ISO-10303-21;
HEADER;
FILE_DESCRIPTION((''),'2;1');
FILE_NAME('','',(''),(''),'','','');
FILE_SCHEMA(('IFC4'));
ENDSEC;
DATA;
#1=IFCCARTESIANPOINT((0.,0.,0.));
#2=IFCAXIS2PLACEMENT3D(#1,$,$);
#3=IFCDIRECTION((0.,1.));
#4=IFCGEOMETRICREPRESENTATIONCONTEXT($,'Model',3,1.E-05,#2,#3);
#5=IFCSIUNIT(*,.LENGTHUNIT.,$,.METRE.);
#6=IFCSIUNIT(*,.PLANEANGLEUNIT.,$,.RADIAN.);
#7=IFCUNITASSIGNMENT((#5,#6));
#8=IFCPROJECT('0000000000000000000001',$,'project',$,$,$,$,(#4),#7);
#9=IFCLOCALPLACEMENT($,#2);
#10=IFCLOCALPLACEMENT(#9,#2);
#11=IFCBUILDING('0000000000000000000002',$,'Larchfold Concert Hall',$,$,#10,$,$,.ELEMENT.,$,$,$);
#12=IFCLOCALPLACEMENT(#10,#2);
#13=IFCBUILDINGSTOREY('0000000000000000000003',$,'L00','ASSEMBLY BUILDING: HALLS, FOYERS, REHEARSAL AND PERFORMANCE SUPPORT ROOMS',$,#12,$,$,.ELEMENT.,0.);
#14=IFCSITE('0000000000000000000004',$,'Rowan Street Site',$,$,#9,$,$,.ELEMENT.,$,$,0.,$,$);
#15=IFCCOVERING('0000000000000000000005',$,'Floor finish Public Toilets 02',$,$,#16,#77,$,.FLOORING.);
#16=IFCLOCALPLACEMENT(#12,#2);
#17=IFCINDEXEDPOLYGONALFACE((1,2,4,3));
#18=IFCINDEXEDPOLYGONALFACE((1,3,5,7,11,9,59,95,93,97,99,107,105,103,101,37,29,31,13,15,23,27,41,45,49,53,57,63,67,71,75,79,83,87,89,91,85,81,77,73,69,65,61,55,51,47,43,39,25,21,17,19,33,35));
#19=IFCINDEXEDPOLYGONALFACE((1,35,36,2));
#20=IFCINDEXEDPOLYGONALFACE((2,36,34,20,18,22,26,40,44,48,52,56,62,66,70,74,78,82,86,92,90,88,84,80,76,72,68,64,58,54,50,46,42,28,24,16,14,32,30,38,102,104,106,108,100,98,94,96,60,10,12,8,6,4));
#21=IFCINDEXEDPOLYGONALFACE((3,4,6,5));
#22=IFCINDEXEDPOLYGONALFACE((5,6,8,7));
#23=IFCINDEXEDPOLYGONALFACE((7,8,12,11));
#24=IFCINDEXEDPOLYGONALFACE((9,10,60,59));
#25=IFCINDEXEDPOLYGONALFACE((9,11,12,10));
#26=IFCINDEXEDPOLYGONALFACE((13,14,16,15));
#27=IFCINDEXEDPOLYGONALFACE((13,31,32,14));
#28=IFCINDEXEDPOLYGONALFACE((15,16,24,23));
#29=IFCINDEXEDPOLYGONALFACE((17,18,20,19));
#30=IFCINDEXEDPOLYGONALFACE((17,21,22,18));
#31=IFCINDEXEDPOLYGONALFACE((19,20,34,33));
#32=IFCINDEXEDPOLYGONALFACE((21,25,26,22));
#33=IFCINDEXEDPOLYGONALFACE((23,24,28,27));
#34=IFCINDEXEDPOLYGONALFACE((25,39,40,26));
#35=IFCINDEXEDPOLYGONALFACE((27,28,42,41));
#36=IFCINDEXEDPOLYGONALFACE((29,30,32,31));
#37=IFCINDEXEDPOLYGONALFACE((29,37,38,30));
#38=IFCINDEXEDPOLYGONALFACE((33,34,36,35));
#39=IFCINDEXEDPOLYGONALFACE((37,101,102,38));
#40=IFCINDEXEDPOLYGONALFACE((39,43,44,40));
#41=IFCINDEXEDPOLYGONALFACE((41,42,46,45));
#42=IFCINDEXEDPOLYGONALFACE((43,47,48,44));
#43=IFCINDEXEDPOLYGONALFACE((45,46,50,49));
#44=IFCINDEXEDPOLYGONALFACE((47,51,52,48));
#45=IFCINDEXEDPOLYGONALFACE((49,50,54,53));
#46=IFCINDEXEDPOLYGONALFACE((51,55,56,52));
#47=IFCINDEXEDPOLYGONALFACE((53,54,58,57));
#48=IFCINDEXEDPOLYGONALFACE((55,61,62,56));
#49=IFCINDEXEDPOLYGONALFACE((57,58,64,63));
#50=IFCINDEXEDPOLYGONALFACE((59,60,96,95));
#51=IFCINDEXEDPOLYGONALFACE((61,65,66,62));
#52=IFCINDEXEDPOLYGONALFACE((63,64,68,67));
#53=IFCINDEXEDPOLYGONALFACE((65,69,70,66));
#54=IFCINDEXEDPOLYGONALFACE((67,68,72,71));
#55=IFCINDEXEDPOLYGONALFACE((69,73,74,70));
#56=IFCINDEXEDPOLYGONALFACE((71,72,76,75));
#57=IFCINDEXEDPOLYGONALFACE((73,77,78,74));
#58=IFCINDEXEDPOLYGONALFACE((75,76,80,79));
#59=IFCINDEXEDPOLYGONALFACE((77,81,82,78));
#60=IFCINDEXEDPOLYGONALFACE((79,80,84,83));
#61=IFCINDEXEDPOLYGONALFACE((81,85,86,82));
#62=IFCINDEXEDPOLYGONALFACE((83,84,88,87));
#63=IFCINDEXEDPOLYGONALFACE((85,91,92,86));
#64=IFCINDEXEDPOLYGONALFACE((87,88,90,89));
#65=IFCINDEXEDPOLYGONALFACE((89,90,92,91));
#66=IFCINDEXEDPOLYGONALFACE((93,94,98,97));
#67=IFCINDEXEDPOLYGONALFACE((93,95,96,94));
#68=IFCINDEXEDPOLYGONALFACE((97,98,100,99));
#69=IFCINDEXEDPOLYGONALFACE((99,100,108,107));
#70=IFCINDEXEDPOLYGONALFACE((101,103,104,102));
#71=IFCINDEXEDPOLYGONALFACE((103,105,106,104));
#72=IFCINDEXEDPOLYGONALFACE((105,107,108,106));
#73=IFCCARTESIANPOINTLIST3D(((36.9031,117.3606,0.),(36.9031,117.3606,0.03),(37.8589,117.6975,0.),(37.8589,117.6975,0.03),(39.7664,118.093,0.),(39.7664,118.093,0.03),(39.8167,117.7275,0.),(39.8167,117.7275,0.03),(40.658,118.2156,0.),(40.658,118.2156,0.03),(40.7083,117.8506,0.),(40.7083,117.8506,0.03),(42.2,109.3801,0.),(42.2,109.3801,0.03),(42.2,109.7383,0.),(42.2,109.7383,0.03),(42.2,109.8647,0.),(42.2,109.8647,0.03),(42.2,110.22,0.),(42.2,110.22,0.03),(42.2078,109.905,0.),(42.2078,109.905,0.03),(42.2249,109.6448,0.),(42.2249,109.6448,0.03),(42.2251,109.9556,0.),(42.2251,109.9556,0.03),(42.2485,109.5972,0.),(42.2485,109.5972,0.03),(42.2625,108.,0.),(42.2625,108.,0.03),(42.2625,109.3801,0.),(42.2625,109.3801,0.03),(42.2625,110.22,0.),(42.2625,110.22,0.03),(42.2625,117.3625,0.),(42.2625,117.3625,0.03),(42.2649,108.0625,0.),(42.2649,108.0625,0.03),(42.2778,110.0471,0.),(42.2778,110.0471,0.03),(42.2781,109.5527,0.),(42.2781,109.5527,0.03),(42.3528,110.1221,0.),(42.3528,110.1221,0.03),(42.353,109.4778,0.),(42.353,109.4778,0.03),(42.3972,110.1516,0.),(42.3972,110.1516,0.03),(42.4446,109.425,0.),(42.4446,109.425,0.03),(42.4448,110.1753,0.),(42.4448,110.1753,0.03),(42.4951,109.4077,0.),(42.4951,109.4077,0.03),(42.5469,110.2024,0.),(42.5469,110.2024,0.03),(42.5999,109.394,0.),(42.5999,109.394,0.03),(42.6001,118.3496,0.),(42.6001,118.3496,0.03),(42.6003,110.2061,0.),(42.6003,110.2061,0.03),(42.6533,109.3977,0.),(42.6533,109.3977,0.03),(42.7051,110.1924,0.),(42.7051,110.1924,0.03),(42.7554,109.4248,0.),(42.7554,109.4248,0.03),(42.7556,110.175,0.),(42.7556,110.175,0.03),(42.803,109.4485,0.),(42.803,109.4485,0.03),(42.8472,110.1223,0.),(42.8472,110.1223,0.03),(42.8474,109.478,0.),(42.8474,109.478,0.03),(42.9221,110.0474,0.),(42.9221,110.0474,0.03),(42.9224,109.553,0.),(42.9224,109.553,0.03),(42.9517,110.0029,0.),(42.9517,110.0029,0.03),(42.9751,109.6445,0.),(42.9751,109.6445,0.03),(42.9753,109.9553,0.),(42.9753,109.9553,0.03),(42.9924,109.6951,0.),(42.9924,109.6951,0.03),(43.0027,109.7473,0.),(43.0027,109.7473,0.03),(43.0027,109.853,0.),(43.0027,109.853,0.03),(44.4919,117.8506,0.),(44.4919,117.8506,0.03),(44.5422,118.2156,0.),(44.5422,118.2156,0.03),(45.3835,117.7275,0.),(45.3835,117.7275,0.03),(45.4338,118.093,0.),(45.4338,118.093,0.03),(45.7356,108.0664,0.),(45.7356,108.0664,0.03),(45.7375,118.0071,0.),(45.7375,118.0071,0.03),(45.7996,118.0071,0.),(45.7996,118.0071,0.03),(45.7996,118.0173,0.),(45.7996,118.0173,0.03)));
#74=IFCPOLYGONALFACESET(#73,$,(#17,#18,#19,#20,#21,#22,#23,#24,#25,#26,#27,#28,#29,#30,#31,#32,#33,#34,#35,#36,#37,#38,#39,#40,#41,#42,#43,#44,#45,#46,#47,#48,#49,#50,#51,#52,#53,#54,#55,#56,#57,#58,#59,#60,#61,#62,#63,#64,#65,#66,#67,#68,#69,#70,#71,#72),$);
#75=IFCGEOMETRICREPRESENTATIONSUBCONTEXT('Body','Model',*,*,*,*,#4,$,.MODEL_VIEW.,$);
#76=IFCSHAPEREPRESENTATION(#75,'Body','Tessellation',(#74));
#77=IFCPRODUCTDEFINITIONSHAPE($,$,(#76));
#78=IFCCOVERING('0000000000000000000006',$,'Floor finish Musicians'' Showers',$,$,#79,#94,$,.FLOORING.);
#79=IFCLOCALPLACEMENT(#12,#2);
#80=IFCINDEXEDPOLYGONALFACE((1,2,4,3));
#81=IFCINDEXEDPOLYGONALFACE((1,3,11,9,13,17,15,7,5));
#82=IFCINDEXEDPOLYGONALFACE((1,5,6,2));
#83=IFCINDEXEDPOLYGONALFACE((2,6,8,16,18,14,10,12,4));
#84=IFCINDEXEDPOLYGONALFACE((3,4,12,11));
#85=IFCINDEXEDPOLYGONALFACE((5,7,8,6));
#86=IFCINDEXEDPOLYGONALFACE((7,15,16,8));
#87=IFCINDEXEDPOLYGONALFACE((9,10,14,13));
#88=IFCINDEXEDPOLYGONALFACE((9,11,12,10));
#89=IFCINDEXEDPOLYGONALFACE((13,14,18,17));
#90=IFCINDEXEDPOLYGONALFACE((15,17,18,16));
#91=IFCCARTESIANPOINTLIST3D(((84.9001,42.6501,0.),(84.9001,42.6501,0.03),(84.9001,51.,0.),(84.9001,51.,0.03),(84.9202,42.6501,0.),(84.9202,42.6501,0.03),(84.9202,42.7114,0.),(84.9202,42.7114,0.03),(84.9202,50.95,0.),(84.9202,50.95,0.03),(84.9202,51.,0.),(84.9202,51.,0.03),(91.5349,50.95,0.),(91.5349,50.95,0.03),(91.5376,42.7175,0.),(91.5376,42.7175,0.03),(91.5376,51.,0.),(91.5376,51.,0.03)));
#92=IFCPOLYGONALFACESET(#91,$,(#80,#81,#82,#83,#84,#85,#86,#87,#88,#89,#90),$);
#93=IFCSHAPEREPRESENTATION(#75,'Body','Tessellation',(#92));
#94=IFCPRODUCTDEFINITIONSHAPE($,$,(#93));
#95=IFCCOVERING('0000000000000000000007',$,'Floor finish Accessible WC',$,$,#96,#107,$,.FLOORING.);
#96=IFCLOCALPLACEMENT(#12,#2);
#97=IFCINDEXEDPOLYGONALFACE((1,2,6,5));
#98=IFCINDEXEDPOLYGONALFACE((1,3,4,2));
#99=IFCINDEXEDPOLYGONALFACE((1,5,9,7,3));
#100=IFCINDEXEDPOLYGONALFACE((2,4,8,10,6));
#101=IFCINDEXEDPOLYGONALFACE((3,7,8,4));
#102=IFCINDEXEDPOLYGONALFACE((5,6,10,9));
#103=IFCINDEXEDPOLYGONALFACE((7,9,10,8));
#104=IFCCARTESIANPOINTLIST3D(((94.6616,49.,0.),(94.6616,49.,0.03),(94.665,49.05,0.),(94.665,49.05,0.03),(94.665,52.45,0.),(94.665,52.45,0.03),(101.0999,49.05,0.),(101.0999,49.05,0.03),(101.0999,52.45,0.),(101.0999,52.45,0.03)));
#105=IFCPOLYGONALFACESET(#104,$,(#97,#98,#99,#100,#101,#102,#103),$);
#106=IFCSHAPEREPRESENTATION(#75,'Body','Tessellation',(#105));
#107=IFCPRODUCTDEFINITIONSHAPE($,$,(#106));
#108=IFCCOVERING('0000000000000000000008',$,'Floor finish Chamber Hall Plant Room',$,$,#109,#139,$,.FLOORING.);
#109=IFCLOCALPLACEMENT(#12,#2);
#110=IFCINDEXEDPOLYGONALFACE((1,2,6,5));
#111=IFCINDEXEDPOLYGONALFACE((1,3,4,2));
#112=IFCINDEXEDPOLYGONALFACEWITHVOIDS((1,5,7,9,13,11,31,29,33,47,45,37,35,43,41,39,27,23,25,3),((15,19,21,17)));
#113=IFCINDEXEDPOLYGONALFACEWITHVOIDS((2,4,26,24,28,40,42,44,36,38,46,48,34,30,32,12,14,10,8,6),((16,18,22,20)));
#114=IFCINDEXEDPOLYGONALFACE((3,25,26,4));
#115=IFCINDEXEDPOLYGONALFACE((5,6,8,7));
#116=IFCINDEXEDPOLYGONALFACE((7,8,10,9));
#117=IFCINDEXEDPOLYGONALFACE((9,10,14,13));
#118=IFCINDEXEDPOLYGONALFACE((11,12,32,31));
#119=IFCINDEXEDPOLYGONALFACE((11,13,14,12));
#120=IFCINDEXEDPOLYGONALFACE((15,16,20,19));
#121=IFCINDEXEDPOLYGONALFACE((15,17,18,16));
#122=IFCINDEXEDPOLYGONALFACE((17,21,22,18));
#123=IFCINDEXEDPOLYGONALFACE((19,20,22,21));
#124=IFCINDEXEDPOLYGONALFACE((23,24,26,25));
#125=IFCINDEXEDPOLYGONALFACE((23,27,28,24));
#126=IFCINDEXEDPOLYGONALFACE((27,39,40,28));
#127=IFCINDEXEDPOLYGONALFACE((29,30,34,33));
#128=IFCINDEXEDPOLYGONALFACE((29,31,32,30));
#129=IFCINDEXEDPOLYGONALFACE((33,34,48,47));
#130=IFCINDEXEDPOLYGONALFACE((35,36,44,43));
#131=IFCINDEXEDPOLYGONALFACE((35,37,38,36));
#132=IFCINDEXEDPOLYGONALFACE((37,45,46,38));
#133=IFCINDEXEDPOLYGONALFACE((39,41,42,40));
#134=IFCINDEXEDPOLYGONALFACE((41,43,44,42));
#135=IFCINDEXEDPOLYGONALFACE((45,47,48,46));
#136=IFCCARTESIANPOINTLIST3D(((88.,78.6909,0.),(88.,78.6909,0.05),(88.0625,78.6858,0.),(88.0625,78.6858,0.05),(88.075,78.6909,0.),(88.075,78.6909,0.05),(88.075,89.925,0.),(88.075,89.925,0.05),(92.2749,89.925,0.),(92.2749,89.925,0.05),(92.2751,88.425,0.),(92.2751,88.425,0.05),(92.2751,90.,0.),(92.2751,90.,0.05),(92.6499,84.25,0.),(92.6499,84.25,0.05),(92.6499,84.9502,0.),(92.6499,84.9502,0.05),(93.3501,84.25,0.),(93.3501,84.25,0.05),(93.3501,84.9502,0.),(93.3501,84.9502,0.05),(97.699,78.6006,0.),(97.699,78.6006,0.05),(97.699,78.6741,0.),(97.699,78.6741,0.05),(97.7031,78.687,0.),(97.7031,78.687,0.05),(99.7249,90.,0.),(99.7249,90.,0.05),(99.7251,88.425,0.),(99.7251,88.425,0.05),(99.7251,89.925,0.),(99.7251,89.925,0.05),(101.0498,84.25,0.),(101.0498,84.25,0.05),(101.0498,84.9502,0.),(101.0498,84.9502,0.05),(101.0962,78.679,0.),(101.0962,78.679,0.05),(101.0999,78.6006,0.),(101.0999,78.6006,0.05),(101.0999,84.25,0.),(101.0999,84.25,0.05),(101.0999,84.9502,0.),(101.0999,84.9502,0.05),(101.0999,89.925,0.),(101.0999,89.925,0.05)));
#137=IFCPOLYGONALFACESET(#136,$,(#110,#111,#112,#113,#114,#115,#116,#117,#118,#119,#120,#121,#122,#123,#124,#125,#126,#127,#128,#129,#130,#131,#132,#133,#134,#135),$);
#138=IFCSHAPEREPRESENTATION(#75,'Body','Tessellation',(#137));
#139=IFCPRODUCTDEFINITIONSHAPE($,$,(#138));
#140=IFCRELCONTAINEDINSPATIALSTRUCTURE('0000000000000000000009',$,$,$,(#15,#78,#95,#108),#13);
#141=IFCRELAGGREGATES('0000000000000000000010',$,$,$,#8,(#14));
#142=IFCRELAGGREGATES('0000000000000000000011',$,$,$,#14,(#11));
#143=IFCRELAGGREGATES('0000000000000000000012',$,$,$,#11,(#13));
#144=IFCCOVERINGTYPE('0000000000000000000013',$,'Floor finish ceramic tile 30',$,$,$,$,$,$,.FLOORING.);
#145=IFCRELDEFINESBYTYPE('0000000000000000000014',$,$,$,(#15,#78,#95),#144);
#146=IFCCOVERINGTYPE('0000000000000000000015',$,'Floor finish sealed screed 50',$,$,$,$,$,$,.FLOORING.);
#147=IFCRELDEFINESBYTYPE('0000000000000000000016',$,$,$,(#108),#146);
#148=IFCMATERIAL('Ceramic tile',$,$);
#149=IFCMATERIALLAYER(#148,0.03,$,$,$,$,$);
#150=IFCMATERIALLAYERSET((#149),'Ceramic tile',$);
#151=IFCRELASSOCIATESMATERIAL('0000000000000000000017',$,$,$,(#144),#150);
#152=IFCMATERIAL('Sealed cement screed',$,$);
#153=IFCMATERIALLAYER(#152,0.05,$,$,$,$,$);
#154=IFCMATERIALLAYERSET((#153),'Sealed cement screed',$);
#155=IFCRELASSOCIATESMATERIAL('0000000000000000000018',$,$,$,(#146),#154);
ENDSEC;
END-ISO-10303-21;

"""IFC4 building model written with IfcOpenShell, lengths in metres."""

from ifc_helpers import new_model, si_unit, direction, origin, place, context, subcontext, project, spatial, polyline, outline, extrude, material, layer, layer_set, type_object, element, save


model = new_model("IFC4")

# Units and contexts
model_context = context("Model", 3, precision=1e-05, world=origin(), true_north=direction((0.0, 1.0)))
body_context = subcontext(model_context, "Body", "Model", "MODEL_VIEW")
ifc_project = project(units=[si_unit("LENGTHUNIT", "METRE"), si_unit("PLANEANGLEUNIT", "RADIAN")], contexts=[model_context])

# Site, building, storey
site_placement = place(None, origin())
site = spatial("IfcSite", under=ifc_project, at=site_placement, Name="Rowan Street Site", CompositionType="ELEMENT", RefElevation=0.0)
building_placement = place(site_placement, origin())
building = spatial("IfcBuilding", under=site, at=building_placement, Name="Larchfold Concert Hall", CompositionType="ELEMENT")
storey_placement = place(building_placement, origin())
storey = spatial("IfcBuildingStorey", under=building, at=storey_placement, Name="L00", Description="ASSEMBLY BUILDING: HALLS, FOYERS, REHEARSAL AND PERFORMANCE SUPPORT ROOMS", CompositionType="ELEMENT", Elevation=0.0)

# Coverings
ifc_material_1 = material(Name="Ceramic tile")
ifc_layer_1 = layer(ifc_material_1, 0.03)
ifc_layer_set_1 = layer_set([ifc_layer_1], Name="Ceramic tile")
covering_type_1 = type_object("IfcCoveringType", Name="Floor finish ceramic tile 30", PredefinedType="FLOORING", material=ifc_layer_set_1)
covering_1_placement = place(storey_placement, origin())
element("IfcCovering", 1, at=covering_1_placement, inside=storey, type_object=covering_type_1, Name="Floor finish Public Toilets 02", PredefinedType="FLOORING", context=body_context, shape_type="SweptSolid", body=[
    extrude(outline(polyline([(37.8589, 117.6975), (36.9031, 117.3606), (42.2625, 117.3625), (42.2625, 110.22), (42.2, 110.22), (42.2, 109.8647), (42.2078, 109.905), (42.2251, 109.9556), (42.2778, 110.0471), (42.3528, 110.1221), (42.3972, 110.1516), (42.4448, 110.1753), (42.5469, 110.2024), (42.6003, 110.2061), (42.7051, 110.1924), (42.7556, 110.175), (42.8472, 110.1223), (42.9221, 110.0474), (42.9517, 110.0029), (42.9753, 109.9553), (43.0027, 109.853), (43.0027, 109.7473), (42.9924, 109.6951), (42.9751, 109.6445), (42.9224, 109.553), (42.8474, 109.478), (42.803, 109.4485), (42.7554, 109.4248), (42.6533, 109.3977), (42.5999, 109.394), (42.4951, 109.4077), (42.4446, 109.425), (42.353, 109.4778), (42.2781, 109.5527), (42.2485, 109.5972), (42.2249, 109.6448), (42.2, 109.7383), (42.2, 109.3801), (42.2625, 109.3801), (42.2625, 108.0), (42.2649, 108.0625), (45.7356, 108.0664), (45.7375, 118.0071), (45.7996, 118.0071), (45.7996, 118.0173), (45.4338, 118.093), (45.3835, 117.7275), (44.4919, 117.8506), (44.5422, 118.2156), (42.6001, 118.3496), (40.658, 118.2156), (40.7083, 117.8506), (39.8167, 117.7275), (39.7664, 118.093), (37.8589, 117.6975)])), origin(), (0.0, 0.0, 1.0), 0.03),
])
covering_2_placement = place(storey_placement, origin())
element("IfcCovering", 2, at=covering_2_placement, inside=storey, type_object=covering_type_1, Name="Floor finish Musicians' Showers", PredefinedType="FLOORING", context=body_context, shape_type="SweptSolid", body=[
    extrude(outline(polyline([(91.5376, 51.0), (91.5349, 50.95), (84.9202, 50.95), (84.9202, 51.0), (84.9001, 51.0), (84.9001, 42.6501), (84.9202, 42.6501), (84.9202, 42.7114), (91.6001, 42.7175), (91.5376, 42.7175), (91.5376, 51.0)])), origin(), (0.0, 0.0, 1.0), 0.03),
])
covering_3_placement = place(storey_placement, origin())
element("IfcCovering", 3, at=covering_3_placement, inside=storey, type_object=covering_type_1, Name="Floor finish Accessible WC", PredefinedType="FLOORING", context=body_context, shape_type="SweptSolid", body=[
    extrude(outline(polyline([(94.6616, 49.0), (94.665, 49.05), (101.0999, 49.05), (101.0999, 52.45), (94.665, 52.45), (94.665, 52.5), (94.6616, 49.0)])), origin(), (0.0, 0.0, 1.0), 0.03),
])
ifc_material_2 = material(Name="Sealed cement screed")
ifc_layer_2 = layer(ifc_material_2, 0.05)
ifc_layer_set_2 = layer_set([ifc_layer_2], Name="Sealed cement screed")
covering_type_2 = type_object("IfcCoveringType", Name="Floor finish sealed screed 50", PredefinedType="FLOORING", material=ifc_layer_set_2)
covering_4_placement = place(storey_placement, origin())
element("IfcCovering", 4, at=covering_4_placement, inside=storey, type_object=covering_type_2, Name="Floor finish Chamber Hall Plant Room", PredefinedType="FLOORING", context=body_context, shape_type="SweptSolid", body=[
    extrude(outline(polyline([(88.0, 78.6909), (88.0625, 78.6858), (97.699, 78.6741), (97.699, 78.6006), (97.7031, 78.687), (101.0962, 78.679), (101.0999, 78.6006), (101.0999, 84.25), (101.0498, 84.25), (101.0498, 84.9502), (101.0999, 84.9502), (101.0999, 89.925), (99.7251, 89.925), (99.7249, 90.0), (99.7251, 88.425), (92.2751, 88.425), (92.2751, 90.0), (92.2749, 89.925), (88.075, 89.925), (88.075, 78.6909), (88.0, 78.6909)]), holes=[polyline([(93.3501, 84.25), (92.6499, 84.25), (92.6499, 84.9502), (93.3501, 84.9502), (93.3501, 84.25)])]), origin(), (0.0, 0.0, 1.0), 0.05),
])

save(model, "model.ifc")
